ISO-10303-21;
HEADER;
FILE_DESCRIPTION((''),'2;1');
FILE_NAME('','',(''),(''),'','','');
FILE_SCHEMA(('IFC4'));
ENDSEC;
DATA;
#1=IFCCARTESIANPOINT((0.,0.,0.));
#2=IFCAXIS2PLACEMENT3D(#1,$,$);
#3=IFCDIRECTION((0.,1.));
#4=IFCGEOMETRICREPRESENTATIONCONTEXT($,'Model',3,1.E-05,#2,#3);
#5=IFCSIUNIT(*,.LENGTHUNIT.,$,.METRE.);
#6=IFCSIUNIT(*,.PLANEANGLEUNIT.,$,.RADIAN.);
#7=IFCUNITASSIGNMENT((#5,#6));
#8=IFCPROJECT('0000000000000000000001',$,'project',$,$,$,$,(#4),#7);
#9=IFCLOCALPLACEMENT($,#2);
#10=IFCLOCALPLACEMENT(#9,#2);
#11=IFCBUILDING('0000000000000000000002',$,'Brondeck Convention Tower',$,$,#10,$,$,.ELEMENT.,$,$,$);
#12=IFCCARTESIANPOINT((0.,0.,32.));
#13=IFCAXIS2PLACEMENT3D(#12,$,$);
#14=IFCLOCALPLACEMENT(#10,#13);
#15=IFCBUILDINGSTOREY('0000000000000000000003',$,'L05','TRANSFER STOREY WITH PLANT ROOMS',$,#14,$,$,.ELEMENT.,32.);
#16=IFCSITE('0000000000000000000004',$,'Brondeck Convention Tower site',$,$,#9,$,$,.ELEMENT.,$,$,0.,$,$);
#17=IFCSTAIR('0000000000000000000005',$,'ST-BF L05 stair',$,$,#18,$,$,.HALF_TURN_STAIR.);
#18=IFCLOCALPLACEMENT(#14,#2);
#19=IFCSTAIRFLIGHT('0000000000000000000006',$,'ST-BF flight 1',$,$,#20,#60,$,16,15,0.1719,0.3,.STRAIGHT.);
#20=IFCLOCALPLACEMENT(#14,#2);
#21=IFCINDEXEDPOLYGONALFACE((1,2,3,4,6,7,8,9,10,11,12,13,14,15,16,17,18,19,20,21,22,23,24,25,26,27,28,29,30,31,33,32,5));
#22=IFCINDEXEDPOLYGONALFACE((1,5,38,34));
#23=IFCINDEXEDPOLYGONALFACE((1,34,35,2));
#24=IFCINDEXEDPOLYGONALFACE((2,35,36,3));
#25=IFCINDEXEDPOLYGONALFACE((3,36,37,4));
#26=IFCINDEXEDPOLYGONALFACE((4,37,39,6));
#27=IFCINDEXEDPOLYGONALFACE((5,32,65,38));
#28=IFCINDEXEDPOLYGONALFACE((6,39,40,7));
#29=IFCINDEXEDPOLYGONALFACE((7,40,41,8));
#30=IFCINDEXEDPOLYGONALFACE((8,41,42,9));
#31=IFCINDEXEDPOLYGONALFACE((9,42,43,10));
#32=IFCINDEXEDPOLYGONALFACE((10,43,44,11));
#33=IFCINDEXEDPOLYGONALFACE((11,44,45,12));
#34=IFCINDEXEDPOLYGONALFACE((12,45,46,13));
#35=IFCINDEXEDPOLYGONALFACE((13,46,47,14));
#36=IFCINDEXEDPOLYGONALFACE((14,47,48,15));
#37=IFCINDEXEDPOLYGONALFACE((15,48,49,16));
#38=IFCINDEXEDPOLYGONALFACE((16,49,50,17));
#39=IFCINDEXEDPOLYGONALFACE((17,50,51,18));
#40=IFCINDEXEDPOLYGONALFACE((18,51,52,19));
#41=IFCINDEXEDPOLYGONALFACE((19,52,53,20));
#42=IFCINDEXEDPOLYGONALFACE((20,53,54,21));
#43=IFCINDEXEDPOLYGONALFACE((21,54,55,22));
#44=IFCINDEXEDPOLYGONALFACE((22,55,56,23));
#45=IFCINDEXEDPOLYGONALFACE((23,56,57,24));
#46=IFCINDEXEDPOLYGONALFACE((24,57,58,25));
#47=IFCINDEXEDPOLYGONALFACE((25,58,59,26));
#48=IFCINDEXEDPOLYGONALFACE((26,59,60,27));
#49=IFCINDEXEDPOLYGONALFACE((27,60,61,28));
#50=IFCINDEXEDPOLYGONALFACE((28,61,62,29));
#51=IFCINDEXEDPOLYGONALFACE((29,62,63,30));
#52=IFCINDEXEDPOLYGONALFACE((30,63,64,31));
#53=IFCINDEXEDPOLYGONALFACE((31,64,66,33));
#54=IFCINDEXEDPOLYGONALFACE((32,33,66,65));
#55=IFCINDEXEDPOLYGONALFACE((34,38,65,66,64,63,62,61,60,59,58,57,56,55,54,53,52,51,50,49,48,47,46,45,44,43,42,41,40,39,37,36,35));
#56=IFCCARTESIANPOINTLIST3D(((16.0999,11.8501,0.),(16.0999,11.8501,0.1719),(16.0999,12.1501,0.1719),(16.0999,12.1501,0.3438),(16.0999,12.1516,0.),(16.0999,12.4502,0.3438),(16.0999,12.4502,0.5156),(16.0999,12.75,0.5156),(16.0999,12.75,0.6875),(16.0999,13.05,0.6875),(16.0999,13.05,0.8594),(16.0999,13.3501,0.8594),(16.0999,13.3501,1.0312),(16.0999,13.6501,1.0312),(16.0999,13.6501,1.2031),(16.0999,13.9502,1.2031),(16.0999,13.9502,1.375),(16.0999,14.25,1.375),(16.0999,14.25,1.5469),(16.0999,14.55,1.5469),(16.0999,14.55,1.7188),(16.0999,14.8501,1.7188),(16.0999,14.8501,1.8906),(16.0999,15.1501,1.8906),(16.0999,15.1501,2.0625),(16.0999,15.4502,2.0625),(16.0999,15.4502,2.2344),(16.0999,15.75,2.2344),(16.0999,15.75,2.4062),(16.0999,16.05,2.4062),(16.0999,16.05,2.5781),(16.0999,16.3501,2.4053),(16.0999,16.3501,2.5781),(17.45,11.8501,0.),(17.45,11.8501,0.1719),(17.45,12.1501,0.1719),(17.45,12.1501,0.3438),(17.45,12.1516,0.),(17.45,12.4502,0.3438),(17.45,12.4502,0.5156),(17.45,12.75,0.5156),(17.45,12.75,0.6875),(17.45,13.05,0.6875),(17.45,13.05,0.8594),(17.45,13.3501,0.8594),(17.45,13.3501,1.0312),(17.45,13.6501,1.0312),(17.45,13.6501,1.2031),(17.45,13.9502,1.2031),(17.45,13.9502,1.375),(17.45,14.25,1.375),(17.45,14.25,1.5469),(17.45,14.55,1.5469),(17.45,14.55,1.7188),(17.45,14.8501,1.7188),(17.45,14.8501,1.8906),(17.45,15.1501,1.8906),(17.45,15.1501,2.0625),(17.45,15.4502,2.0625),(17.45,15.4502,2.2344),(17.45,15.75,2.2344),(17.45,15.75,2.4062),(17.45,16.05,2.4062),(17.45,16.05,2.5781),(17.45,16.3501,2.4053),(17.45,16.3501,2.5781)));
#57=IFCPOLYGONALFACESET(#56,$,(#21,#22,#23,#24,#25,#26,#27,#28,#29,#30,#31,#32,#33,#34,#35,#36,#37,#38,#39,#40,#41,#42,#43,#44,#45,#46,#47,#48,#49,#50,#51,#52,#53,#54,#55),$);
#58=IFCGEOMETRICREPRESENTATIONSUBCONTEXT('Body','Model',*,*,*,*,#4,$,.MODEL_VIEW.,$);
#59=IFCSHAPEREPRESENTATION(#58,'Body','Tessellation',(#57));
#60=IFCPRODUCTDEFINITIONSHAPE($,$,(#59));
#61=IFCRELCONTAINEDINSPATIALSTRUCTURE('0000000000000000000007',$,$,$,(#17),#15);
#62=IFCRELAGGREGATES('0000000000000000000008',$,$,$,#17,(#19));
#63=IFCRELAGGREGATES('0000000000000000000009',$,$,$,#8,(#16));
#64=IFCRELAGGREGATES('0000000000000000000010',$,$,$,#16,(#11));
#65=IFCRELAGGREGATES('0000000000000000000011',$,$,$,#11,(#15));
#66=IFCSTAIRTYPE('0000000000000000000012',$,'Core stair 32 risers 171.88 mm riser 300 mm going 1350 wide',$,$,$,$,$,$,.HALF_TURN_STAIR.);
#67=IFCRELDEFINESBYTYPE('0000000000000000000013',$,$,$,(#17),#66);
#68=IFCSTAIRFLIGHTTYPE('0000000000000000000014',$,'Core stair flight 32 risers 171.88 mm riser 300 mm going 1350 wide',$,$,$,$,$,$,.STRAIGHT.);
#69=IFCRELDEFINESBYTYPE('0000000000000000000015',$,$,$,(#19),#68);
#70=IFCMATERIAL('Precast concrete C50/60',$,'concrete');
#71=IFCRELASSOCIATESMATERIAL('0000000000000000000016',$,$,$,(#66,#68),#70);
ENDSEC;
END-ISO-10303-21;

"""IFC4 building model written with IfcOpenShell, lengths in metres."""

from ifc_helpers import new_model, si_unit, direction, frame, origin, place, context, subcontext, project, spatial, polyline, outline, extrude, material, type_object, element, aggregate, save


model = new_model("IFC4")

# Units and contexts
model_context = context("Model", 3, precision=1e-05, world=origin(), true_north=direction((0.0, 1.0)))
body_context = subcontext(model_context, "Body", "Model", "MODEL_VIEW")
ifc_project = project(units=[si_unit("LENGTHUNIT", "METRE"), si_unit("PLANEANGLEUNIT", "RADIAN")], contexts=[model_context])

# Site, building, storey
site_placement = place(None, origin())
site = spatial("IfcSite", under=ifc_project, at=site_placement, Name="Brondeck Convention Tower site", CompositionType="ELEMENT", RefElevation=0.0)
building_placement = place(site_placement, origin())
building = spatial("IfcBuilding", under=site, at=building_placement, Name="Brondeck Convention Tower", CompositionType="ELEMENT")
storey_placement = place(building_placement, frame((0.0, 0.0, 32.0)))
storey = spatial("IfcBuildingStorey", under=building, at=storey_placement, Name="L05", Description="TRANSFER STOREY WITH PLANT ROOMS", CompositionType="ELEMENT", Elevation=32.0)

# Stair, stair flight
ifc_material_1 = material(Name="Precast concrete C50/60", Category="concrete")
stair_type = type_object("IfcStairType", Name="Core stair 32 risers 171.88 mm riser 300 mm going 1350 wide", PredefinedType="HALF_TURN_STAIR", material=ifc_material_1)
stair_placement = place(storey_placement, origin())
stair = element("IfcStair", 1, at=stair_placement, inside=storey, type_object=stair_type, Name="ST-BF L05 stair", PredefinedType="HALF_TURN_STAIR")
stair_flight_type = type_object("IfcStairFlightType", Name="Core stair flight 32 risers 171.88 mm riser 300 mm going 1350 wide", PredefinedType="STRAIGHT", material=ifc_material_1)
stair_flight_placement = place(storey_placement, frame((16.7749, 11.8501, 0.0), z_axis=(0.0, 0.0, 1.0), x_axis=(0.0, 1.0, 0.0)))
stair_flight = element("IfcStairFlight", 2, at=stair_flight_placement, type_object=stair_flight_type, Name="ST-BF flight 1", NumberOfRisers=16, NumberOfTreads=15, PredefinedType="STRAIGHT", RiserHeight=0.1719, TreadLength=0.3, context=body_context, shape_type="SweptSolid", body=[
    extrude(outline(polyline([(0.0, 0.0), (0.0, 0.1719), (0.3, 0.1719), (0.3, 0.3438), (0.6001, 0.3438), (0.6001, 0.5156), (0.8999, 0.5156), (0.8999, 0.6875), (1.2, 0.6875), (1.2, 0.8594), (1.5, 0.8594), (1.5, 1.0312), (1.8, 1.0312), (1.8, 1.2031), (2.1001, 1.2031), (2.1001, 1.375), (2.3999, 1.375), (2.3999, 1.5469), (2.7, 1.5469), (2.7, 1.7188), (3.0, 1.7188), (3.0, 1.8906), (3.3, 1.8906), (3.3, 2.0625), (3.6001, 2.0625), (3.6001, 2.2344), (3.8999, 2.2344), (3.8999, 2.4062), (4.2, 2.4062), (4.2, 2.5781), (4.5, 2.5781), (4.5, 2.75), (4.5, 2.4053), (0.3015, 0.0), (0.0, 0.0)])), frame((0.0, 0.675, 0.0), z_axis=(0.0, -1.0, 0.0), x_axis=(1.0, 0.0, 0.0)), (0.0, 0.0, 1.0), 1.3501),
])
aggregate(stair, [stair_flight])

save(model, "model.ifc")
